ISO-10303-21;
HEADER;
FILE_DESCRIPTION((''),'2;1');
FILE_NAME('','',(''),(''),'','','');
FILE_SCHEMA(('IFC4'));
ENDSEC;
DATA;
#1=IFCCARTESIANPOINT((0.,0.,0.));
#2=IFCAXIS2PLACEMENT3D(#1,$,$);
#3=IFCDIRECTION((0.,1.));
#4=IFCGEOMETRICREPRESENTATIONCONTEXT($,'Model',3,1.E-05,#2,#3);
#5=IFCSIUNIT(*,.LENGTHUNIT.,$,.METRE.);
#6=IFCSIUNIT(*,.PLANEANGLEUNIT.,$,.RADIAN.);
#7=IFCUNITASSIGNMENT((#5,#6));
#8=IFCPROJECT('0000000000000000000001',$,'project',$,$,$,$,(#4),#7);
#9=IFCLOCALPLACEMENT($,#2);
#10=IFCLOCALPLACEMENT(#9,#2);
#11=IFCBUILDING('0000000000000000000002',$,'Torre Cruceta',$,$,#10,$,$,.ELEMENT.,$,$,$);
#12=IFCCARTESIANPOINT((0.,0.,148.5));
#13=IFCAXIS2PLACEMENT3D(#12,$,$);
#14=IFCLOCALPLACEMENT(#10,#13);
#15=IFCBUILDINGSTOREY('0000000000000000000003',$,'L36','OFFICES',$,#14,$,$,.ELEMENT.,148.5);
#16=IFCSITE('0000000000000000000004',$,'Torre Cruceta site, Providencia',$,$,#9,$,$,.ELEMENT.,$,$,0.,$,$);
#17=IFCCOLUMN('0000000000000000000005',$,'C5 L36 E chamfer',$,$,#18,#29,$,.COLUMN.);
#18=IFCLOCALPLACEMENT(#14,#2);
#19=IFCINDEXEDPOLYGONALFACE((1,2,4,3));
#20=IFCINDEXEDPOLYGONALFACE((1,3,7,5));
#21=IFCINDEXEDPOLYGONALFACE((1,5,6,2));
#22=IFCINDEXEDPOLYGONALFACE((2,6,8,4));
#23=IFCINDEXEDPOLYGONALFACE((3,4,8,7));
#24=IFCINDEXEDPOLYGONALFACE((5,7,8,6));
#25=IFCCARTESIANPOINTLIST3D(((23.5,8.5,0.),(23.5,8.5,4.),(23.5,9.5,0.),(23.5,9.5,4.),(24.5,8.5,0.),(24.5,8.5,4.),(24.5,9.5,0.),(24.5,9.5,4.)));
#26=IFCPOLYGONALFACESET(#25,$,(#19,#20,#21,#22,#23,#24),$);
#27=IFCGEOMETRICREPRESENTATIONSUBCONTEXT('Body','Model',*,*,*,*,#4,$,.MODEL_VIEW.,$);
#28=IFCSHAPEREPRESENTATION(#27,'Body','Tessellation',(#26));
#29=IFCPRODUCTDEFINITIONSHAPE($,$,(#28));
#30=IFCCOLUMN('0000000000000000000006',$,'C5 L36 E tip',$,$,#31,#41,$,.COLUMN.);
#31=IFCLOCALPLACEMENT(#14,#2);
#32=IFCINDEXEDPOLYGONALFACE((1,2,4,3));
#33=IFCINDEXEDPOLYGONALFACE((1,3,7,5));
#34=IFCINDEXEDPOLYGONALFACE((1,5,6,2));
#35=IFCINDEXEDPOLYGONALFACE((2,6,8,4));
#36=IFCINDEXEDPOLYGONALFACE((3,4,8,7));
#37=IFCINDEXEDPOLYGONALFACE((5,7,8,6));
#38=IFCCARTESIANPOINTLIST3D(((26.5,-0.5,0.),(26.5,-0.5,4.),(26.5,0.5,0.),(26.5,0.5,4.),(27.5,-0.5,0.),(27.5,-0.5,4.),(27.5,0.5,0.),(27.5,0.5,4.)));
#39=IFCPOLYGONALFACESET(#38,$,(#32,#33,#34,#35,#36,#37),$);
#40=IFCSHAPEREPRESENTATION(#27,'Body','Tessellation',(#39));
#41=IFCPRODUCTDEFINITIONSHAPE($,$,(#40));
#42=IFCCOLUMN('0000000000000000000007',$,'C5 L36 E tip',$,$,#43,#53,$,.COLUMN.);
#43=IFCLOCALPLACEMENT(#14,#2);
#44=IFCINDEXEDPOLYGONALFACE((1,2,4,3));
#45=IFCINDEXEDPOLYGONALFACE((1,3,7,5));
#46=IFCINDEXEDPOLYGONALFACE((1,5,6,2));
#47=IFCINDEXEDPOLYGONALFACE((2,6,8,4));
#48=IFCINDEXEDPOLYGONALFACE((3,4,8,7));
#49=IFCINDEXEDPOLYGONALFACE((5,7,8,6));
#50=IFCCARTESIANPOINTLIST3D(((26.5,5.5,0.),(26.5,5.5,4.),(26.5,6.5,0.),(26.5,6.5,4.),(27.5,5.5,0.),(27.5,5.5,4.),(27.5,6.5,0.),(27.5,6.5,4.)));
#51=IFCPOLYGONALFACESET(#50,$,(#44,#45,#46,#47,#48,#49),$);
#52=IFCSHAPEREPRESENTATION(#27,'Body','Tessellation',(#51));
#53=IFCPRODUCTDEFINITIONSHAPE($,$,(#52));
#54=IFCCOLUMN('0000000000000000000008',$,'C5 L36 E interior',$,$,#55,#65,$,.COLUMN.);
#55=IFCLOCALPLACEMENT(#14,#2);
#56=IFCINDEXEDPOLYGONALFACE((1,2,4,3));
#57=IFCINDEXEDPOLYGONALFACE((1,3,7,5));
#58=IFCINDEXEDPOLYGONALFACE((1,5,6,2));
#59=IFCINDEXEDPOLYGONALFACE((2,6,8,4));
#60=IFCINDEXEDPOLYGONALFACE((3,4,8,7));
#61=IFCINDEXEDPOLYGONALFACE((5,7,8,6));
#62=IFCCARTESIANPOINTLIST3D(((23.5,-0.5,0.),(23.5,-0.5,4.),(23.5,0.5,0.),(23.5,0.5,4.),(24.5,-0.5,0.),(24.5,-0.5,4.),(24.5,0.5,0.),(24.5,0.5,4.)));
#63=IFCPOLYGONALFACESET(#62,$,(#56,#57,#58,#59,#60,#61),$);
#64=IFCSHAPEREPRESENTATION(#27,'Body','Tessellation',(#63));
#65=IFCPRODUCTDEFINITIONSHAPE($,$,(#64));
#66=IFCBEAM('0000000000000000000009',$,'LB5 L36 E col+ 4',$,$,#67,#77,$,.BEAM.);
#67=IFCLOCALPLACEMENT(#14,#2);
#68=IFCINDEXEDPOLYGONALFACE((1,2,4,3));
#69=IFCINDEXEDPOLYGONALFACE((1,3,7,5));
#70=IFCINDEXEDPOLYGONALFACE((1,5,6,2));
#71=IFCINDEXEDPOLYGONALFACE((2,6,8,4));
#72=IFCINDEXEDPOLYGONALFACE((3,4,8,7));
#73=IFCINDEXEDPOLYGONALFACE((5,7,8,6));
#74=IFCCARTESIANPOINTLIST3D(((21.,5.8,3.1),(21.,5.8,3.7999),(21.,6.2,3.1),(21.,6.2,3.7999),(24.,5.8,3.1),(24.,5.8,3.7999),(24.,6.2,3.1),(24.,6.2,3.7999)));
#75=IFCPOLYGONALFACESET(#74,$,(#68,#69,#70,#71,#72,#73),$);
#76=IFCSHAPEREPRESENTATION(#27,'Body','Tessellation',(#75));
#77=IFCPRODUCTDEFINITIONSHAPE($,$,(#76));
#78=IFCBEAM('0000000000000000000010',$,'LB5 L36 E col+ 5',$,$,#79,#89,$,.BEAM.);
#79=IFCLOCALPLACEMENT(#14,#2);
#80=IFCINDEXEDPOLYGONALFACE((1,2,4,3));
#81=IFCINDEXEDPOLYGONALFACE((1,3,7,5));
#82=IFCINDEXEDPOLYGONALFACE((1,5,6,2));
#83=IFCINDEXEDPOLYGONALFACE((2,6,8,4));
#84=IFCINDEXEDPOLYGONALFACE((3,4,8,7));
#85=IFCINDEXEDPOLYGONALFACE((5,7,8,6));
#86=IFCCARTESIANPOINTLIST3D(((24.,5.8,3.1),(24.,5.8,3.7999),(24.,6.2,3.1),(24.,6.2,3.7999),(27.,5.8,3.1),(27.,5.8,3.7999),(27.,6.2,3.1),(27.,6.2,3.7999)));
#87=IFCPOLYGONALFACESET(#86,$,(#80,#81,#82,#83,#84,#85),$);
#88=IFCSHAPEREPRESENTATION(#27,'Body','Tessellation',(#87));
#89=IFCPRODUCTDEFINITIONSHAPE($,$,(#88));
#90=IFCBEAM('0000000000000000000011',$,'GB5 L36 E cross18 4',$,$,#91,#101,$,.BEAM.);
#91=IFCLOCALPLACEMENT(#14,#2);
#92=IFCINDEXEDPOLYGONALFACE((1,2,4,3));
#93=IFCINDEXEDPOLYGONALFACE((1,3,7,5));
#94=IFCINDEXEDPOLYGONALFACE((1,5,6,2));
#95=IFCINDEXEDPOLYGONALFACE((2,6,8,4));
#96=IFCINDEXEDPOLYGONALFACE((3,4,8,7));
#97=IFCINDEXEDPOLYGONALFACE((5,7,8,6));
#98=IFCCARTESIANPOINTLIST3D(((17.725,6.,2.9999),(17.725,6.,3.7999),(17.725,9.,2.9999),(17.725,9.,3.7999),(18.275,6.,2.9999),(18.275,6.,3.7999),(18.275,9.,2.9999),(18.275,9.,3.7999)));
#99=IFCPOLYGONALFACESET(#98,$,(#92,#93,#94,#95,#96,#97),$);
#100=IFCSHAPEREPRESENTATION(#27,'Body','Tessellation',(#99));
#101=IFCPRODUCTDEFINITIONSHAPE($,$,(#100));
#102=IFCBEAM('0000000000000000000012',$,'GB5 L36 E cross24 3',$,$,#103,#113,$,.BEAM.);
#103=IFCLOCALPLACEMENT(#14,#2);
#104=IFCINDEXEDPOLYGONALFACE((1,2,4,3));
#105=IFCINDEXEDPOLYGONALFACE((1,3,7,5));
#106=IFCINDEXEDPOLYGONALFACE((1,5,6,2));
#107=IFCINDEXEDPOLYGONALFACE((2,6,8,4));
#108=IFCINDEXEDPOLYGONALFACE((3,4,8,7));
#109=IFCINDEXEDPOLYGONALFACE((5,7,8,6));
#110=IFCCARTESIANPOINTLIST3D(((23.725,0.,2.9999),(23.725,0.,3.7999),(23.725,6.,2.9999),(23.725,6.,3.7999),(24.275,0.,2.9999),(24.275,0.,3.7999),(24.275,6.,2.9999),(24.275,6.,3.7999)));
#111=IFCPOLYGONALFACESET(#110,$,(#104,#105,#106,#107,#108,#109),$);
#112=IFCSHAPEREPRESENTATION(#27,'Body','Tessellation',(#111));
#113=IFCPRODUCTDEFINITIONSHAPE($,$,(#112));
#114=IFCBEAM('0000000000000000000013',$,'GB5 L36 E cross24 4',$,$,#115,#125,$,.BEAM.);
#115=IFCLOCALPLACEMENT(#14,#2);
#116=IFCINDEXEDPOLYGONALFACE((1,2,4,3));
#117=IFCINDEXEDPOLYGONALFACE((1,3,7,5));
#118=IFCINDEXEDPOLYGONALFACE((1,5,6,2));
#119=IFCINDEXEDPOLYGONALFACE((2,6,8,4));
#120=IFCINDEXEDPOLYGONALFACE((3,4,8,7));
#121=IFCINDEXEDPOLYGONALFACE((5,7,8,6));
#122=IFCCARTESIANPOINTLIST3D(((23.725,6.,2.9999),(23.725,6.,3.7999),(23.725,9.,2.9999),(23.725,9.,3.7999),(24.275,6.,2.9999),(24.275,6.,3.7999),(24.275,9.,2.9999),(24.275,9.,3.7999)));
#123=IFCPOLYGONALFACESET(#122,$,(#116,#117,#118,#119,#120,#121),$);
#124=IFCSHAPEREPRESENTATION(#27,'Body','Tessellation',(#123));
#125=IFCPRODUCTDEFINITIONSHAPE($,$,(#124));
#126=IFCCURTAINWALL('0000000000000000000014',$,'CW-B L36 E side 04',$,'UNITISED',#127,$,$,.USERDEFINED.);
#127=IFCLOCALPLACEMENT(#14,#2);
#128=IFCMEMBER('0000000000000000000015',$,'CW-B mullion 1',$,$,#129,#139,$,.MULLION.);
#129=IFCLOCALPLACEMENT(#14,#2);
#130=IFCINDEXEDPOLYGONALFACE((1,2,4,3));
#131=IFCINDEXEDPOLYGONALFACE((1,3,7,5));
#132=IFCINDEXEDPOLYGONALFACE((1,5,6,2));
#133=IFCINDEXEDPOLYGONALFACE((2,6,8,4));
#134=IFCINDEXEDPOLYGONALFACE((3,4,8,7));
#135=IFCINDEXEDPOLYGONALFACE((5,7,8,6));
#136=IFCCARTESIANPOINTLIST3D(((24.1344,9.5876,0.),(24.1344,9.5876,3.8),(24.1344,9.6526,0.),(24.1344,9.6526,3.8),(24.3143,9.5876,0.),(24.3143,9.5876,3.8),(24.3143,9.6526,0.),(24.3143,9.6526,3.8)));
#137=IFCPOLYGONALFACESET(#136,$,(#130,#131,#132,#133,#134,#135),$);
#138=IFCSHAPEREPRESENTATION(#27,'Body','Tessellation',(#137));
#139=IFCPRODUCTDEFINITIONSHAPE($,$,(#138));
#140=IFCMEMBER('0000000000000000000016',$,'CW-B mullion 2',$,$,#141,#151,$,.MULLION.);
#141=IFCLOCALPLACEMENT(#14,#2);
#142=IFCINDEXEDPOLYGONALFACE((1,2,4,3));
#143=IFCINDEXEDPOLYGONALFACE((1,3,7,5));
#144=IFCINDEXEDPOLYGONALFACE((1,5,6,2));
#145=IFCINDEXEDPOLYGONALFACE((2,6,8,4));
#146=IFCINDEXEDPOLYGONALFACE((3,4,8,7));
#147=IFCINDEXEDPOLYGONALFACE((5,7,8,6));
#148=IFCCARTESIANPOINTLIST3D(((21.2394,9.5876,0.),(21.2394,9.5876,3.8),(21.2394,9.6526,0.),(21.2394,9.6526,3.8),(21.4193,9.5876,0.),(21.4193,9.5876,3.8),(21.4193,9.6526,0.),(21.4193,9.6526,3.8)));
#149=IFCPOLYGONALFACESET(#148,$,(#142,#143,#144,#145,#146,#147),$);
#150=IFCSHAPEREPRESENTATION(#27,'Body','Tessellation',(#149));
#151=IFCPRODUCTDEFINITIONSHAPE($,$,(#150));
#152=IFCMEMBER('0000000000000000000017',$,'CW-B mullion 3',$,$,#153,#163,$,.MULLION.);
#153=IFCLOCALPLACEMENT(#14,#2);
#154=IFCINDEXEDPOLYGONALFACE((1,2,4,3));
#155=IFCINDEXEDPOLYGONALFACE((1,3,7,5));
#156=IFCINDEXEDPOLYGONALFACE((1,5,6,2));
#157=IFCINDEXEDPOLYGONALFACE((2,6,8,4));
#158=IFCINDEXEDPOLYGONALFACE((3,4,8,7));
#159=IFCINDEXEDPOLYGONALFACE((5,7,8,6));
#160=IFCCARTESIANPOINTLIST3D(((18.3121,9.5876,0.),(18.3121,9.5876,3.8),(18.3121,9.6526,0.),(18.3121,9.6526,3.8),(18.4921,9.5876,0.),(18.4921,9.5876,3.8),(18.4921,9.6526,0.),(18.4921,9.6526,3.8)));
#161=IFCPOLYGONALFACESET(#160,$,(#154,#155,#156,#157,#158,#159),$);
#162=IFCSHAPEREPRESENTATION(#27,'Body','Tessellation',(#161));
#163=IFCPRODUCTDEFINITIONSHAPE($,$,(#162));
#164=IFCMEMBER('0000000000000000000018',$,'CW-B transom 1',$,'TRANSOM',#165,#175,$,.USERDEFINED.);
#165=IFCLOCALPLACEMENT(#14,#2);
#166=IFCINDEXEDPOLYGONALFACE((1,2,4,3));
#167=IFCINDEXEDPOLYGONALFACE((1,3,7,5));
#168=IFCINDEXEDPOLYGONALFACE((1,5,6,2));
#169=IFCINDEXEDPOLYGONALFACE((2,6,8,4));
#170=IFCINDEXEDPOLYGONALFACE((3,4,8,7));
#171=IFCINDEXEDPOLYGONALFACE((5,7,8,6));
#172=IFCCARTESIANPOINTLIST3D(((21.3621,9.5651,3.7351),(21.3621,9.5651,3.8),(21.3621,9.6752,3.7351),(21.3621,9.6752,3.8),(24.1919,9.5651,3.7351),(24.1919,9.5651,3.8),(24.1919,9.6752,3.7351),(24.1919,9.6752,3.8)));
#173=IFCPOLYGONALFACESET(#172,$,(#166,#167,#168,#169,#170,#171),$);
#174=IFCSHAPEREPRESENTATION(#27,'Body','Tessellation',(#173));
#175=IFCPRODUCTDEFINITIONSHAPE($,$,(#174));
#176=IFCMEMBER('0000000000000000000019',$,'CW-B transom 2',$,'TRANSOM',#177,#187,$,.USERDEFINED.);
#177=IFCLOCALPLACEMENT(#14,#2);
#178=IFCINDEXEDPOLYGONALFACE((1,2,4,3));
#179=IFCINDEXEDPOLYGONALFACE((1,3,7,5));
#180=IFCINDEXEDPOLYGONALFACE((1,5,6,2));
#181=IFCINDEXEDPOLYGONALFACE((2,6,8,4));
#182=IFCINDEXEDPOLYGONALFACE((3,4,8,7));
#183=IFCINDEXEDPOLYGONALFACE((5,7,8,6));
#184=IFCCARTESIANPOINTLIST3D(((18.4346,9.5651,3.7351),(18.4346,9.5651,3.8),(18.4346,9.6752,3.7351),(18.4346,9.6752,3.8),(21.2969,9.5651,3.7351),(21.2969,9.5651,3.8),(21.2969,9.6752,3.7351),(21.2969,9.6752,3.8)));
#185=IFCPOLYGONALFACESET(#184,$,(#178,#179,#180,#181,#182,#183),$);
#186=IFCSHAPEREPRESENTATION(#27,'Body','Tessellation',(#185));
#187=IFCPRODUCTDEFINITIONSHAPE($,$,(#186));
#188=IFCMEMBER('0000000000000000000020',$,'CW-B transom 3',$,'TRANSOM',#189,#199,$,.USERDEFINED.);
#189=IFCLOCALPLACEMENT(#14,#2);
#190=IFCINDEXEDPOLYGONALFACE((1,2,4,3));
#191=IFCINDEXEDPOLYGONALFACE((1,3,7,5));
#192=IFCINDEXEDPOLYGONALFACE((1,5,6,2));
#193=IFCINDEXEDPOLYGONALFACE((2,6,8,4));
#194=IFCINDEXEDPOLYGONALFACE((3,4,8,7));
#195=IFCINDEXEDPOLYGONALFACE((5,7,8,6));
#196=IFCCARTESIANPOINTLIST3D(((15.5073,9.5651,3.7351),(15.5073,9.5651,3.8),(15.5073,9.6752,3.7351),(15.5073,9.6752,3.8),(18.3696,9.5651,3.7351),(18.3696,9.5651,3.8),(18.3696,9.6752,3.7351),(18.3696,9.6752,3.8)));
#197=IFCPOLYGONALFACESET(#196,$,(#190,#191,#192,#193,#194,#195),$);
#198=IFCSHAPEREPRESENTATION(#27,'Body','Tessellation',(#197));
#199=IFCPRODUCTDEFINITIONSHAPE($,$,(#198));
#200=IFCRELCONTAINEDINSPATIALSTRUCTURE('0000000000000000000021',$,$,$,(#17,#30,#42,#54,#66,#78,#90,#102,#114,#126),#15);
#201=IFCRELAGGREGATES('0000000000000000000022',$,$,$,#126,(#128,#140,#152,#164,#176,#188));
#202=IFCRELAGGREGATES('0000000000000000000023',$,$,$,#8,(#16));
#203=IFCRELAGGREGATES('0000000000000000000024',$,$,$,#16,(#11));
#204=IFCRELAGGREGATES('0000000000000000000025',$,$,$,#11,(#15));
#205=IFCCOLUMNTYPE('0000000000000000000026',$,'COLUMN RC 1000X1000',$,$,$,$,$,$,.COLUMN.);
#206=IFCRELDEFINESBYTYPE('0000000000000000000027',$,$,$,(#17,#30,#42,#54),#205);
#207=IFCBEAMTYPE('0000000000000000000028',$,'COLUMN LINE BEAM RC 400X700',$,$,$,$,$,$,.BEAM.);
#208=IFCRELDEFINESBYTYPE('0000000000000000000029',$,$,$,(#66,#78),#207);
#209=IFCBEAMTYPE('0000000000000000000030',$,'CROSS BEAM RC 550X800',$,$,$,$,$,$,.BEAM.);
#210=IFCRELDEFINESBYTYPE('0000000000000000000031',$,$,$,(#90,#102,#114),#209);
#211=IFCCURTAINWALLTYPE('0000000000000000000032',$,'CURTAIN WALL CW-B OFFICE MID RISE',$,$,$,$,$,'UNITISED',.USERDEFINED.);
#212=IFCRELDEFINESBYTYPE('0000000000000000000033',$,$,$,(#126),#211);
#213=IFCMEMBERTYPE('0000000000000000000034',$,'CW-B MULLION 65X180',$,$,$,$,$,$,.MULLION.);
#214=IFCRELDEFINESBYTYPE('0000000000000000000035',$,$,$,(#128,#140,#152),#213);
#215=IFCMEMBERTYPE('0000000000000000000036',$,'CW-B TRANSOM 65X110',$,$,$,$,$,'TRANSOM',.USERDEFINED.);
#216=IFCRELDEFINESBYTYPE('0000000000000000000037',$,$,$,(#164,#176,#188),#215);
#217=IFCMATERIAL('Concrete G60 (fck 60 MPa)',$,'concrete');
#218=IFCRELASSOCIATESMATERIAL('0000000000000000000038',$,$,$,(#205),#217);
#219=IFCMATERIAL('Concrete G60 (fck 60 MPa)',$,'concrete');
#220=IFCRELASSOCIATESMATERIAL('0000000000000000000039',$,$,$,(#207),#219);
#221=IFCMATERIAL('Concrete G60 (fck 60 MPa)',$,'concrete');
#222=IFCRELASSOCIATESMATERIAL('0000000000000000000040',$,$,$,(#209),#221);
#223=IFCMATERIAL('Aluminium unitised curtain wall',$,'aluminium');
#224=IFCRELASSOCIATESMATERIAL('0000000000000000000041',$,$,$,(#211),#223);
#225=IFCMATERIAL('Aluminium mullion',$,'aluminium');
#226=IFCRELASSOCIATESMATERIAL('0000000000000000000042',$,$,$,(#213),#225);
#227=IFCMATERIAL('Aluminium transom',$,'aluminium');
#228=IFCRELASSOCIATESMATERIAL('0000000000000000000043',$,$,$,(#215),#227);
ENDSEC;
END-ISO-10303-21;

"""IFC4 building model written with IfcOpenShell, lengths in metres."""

from ifc_helpers import new_model, si_unit, direction, frame, origin, origin_2d, place, context, subcontext, project, spatial, rectangle, extrude, material, material_profile, profile_set, type_object, element, aggregate, save


model = new_model("IFC4")

# Units and contexts
model_context = context("Model", 3, precision=1e-05, world=origin(), true_north=direction((0.0, 1.0)))
body_context = subcontext(model_context, "Body", "Model", "MODEL_VIEW")
ifc_project = project(units=[si_unit("LENGTHUNIT", "METRE"), si_unit("PLANEANGLEUNIT", "RADIAN")], contexts=[model_context])

# Site, building, storey
site_placement = place(None, origin())
site = spatial("IfcSite", under=ifc_project, at=site_placement, Name="Torre Cruceta site, Providencia", CompositionType="ELEMENT", RefElevation=0.0)
building_placement = place(site_placement, origin())
building = spatial("IfcBuilding", under=site, at=building_placement, Name="Torre Cruceta", CompositionType="ELEMENT")
storey_placement = place(building_placement, frame((0.0, 0.0, 148.5)))
storey = spatial("IfcBuildingStorey", under=building, at=storey_placement, Name="L36", Description="OFFICES", CompositionType="ELEMENT", Elevation=148.5)

# Columns
ifc_material_1 = material(Name="Concrete G60 (fck 60 MPa)", Category="concrete")
ifc_material_profile_1 = material_profile(ifc_material_1, rectangle(XDim=1.0, YDim=1.0, at=origin_2d()), Name="RC 1000X1000")
ifc_profile_set_1 = profile_set([ifc_material_profile_1], Name="Concrete G60 (fck 60 MPa)")
column_type = type_object("IfcColumnType", Name="COLUMN RC 1000X1000", PredefinedType="COLUMN", material=ifc_profile_set_1)
for number, where, z_axis, x_axis, name in (
    (1, (24.0, 9.0, 0.0), (0.0, 0.0, 1.0), (1.0, 0.0, 0.0), "C5 L36 E chamfer"),
    (2, (27.0, 0.0, 0.0), (0.0, 0.0, 1.0), (1.0, 0.0, 0.0), "C5 L36 E tip"),
    (3, (27.0, 6.0, 0.0), (0.0, 0.0, 1.0), (1.0, 0.0, 0.0), "C5 L36 E tip"),
    (4, (24.0, 0.0, 0.0), (0.0, 0.0, 1.0), (1.0, 0.0, 0.0), "C5 L36 E interior"),
):
    element("IfcColumn", number, at=place(storey_placement, frame(where, z_axis=z_axis, x_axis=x_axis)), inside=storey, type_object=column_type, Name=name, PredefinedType="COLUMN", context=body_context, shape_type="SweptSolid", body=[
        extrude(rectangle(XDim=1.0, YDim=1.0, at=origin_2d()), origin(), (0.0, 0.0, 1.0), 4.0),
    ])

# Beams
ifc_material_2 = material(Name="Concrete G60 (fck 60 MPa)", Category="concrete")
ifc_material_profile_2 = material_profile(ifc_material_2, rectangle(XDim=0.3999, YDim=0.7, at=origin_2d()), Name="RC 400X700")
ifc_profile_set_2 = profile_set([ifc_material_profile_2], Name="Concrete G60 (fck 60 MPa)")
beam_type_1 = type_object("IfcBeamType", Name="COLUMN LINE BEAM RC 400X700", PredefinedType="BEAM", material=ifc_profile_set_2)
for number, where, z_axis, x_axis, name in (
    (5, (21.0, 6.0, 3.45), (1.0, 0.0, 0.0), (0.0, 1.0, 0.0), "LB5 L36 E col+ 4"),
    (6, (24.0, 6.0, 3.45), (1.0, 0.0, 0.0), (0.0, 1.0, 0.0), "LB5 L36 E col+ 5"),
):
    element("IfcBeam", number, at=place(storey_placement, frame(where, z_axis=z_axis, x_axis=x_axis)), inside=storey, type_object=beam_type_1, Name=name, PredefinedType="BEAM", context=body_context, shape_type="SweptSolid", body=[
        extrude(rectangle(XDim=0.3999, YDim=0.7, at=origin_2d()), origin(), (0.0, 0.0, 1.0), 3.0),
    ])
ifc_material_3 = material(Name="Concrete G60 (fck 60 MPa)", Category="concrete")
ifc_material_profile_3 = material_profile(ifc_material_3, rectangle(XDim=0.55, YDim=0.8, at=origin_2d()), Name="RC 550X800")
ifc_profile_set_3 = profile_set([ifc_material_profile_3], Name="Concrete G60 (fck 60 MPa)")
beam_type_2 = type_object("IfcBeamType", Name="CROSS BEAM RC 550X800", PredefinedType="BEAM", material=ifc_profile_set_3)
beam_1_placement = place(storey_placement, frame((18.0, 6.0, 3.3999), z_axis=(0.0, 1.0, 0.0), x_axis=(-1.0, 0.0, 0.0)))
element("IfcBeam", 7, at=beam_1_placement, inside=storey, type_object=beam_type_2, Name="GB5 L36 E cross18 4", PredefinedType="BEAM", context=body_context, shape_type="SweptSolid", body=[
    extrude(rectangle(XDim=0.55, YDim=0.8, at=origin_2d()), origin(), (0.0, 0.0, 1.0), 3.0),
])
beam_2_placement = place(storey_placement, frame((24.0, 0.0, 3.3999), z_axis=(0.0, 1.0, 0.0), x_axis=(-1.0, 0.0, 0.0)))
element("IfcBeam", 8, at=beam_2_placement, inside=storey, type_object=beam_type_2, Name="GB5 L36 E cross24 3", PredefinedType="BEAM", context=body_context, shape_type="SweptSolid", body=[
    extrude(rectangle(XDim=0.55, YDim=0.8, at=origin_2d()), origin(), (0.0, 0.0, 1.0), 6.0),
])
beam_3_placement = place(storey_placement, frame((24.0, 6.0, 3.3999), z_axis=(0.0, 1.0, 0.0), x_axis=(-1.0, 0.0, 0.0)))
element("IfcBeam", 9, at=beam_3_placement, inside=storey, type_object=beam_type_2, Name="GB5 L36 E cross24 4", PredefinedType="BEAM", context=body_context, shape_type="SweptSolid", body=[
    extrude(rectangle(XDim=0.55, YDim=0.8, at=origin_2d()), origin(), (0.0, 0.0, 1.0), 3.0),
])

# Curtain wall, members
ifc_material_4 = material(Name="Aluminium unitised curtain wall", Category="aluminium")
curtain_wall_type = type_object("IfcCurtainWallType", Name="CURTAIN WALL CW-B OFFICE MID RISE", ElementType="UNITISED", PredefinedType="USERDEFINED", material=ifc_material_4)
curtain_wall_placement = place(storey_placement, origin())
curtain_wall = element("IfcCurtainWall", 10, at=curtain_wall_placement, inside=storey, type_object=curtain_wall_type, Name="CW-B L36 E side 04", ObjectType="UNITISED", PredefinedType="USERDEFINED")
ifc_material_5 = material(Name="Aluminium mullion", Category="aluminium")
ifc_material_profile_4 = material_profile(ifc_material_5, rectangle(XDim=0.0649, YDim=0.1799, at=origin_2d()), Name="AL 65X180")
ifc_profile_set_4 = profile_set([ifc_material_profile_4], Name="Aluminium mullion")
member_type_1 = type_object("IfcMemberType", Name="CW-B MULLION 65X180", PredefinedType="MULLION", material=ifc_profile_set_4)
member_1_placement = place(storey_placement, frame((24.2244, 9.6201, 0.0), z_axis=(0.0, 0.0, 1.0), x_axis=(0.0, -1.0, 0.0)))
member_1 = element("IfcMember", 11, at=member_1_placement, type_object=member_type_1, Name="CW-B mullion 1", PredefinedType="MULLION", context=body_context, shape_type="SweptSolid", body=[
    extrude(rectangle(XDim=0.0649, YDim=0.1799, at=origin_2d()), origin(), (0.0, 0.0, 1.0), 3.8),
])
member_2_placement = place(storey_placement, frame((21.3293, 9.6201, 0.0), z_axis=(0.0, 0.0, 1.0), x_axis=(0.0, -1.0, 0.0)))
member_2 = element("IfcMember", 12, at=member_2_placement, type_object=member_type_1, Name="CW-B mullion 2", PredefinedType="MULLION", context=body_context, shape_type="SweptSolid", body=[
    extrude(rectangle(XDim=0.0649, YDim=0.1799, at=origin_2d()), origin(), (0.0, 0.0, 1.0), 3.8),
])
member_3_placement = place(storey_placement, frame((18.4021, 9.6201, 0.0), z_axis=(0.0, 0.0, 1.0), x_axis=(0.0, -1.0, 0.0)))
member_3 = element("IfcMember", 13, at=member_3_placement, type_object=member_type_1, Name="CW-B mullion 3", PredefinedType="MULLION", context=body_context, shape_type="SweptSolid", body=[
    extrude(rectangle(XDim=0.0649, YDim=0.1799, at=origin_2d()), origin(), (0.0, 0.0, 1.0), 3.8),
])
ifc_material_6 = material(Name="Aluminium transom", Category="aluminium")
ifc_material_profile_5 = material_profile(ifc_material_6, rectangle(XDim=0.1101, YDim=0.0649, at=origin_2d()), Name="AL 110X65")
ifc_profile_set_5 = profile_set([ifc_material_profile_5], Name="Aluminium transom")
member_type_2 = type_object("IfcMemberType", Name="CW-B TRANSOM 65X110", ElementType="TRANSOM", PredefinedType="USERDEFINED", material=ifc_profile_set_5)
member_4_placement = place(storey_placement, frame((24.1919, 9.6201, 3.7676), z_axis=(-1.0, 0.0, 0.0), x_axis=(0.0, -1.0, 0.0)))
member_4 = element("IfcMember", 14, at=member_4_placement, type_object=member_type_2, Name="CW-B transom 1", ObjectType="TRANSOM", PredefinedType="USERDEFINED", context=body_context, shape_type="SweptSolid", body=[
    extrude(rectangle(XDim=0.1101, YDim=0.0649, at=origin_2d()), origin(), (0.0, 0.0, 1.0), 2.8298),
])
member_5_placement = place(storey_placement, frame((21.2969, 9.6201, 3.7676), z_axis=(-1.0, 0.0, 0.0), x_axis=(0.0, -1.0, 0.0)))
member_5 = element("IfcMember", 15, at=member_5_placement, type_object=member_type_2, Name="CW-B transom 2", ObjectType="TRANSOM", PredefinedType="USERDEFINED", context=body_context, shape_type="SweptSolid", body=[
    extrude(rectangle(XDim=0.1101, YDim=0.0649, at=origin_2d()), origin(), (0.0, 0.0, 1.0), 2.8623),
])
member_6_placement = place(storey_placement, frame((18.3696, 9.6201, 3.7676), z_axis=(-1.0, 0.0, 0.0), x_axis=(0.0, -1.0, 0.0)))
member_6 = element("IfcMember", 16, at=member_6_placement, type_object=member_type_2, Name="CW-B transom 3", ObjectType="TRANSOM", PredefinedType="USERDEFINED", context=body_context, shape_type="SweptSolid", body=[
    extrude(rectangle(XDim=0.1101, YDim=0.0649, at=origin_2d()), origin(), (0.0, 0.0, 1.0), 2.8623),
])

aggregate(curtain_wall, [member_1, member_2, member_3, member_4, member_5, member_6])

save(model, "model.ifc")
